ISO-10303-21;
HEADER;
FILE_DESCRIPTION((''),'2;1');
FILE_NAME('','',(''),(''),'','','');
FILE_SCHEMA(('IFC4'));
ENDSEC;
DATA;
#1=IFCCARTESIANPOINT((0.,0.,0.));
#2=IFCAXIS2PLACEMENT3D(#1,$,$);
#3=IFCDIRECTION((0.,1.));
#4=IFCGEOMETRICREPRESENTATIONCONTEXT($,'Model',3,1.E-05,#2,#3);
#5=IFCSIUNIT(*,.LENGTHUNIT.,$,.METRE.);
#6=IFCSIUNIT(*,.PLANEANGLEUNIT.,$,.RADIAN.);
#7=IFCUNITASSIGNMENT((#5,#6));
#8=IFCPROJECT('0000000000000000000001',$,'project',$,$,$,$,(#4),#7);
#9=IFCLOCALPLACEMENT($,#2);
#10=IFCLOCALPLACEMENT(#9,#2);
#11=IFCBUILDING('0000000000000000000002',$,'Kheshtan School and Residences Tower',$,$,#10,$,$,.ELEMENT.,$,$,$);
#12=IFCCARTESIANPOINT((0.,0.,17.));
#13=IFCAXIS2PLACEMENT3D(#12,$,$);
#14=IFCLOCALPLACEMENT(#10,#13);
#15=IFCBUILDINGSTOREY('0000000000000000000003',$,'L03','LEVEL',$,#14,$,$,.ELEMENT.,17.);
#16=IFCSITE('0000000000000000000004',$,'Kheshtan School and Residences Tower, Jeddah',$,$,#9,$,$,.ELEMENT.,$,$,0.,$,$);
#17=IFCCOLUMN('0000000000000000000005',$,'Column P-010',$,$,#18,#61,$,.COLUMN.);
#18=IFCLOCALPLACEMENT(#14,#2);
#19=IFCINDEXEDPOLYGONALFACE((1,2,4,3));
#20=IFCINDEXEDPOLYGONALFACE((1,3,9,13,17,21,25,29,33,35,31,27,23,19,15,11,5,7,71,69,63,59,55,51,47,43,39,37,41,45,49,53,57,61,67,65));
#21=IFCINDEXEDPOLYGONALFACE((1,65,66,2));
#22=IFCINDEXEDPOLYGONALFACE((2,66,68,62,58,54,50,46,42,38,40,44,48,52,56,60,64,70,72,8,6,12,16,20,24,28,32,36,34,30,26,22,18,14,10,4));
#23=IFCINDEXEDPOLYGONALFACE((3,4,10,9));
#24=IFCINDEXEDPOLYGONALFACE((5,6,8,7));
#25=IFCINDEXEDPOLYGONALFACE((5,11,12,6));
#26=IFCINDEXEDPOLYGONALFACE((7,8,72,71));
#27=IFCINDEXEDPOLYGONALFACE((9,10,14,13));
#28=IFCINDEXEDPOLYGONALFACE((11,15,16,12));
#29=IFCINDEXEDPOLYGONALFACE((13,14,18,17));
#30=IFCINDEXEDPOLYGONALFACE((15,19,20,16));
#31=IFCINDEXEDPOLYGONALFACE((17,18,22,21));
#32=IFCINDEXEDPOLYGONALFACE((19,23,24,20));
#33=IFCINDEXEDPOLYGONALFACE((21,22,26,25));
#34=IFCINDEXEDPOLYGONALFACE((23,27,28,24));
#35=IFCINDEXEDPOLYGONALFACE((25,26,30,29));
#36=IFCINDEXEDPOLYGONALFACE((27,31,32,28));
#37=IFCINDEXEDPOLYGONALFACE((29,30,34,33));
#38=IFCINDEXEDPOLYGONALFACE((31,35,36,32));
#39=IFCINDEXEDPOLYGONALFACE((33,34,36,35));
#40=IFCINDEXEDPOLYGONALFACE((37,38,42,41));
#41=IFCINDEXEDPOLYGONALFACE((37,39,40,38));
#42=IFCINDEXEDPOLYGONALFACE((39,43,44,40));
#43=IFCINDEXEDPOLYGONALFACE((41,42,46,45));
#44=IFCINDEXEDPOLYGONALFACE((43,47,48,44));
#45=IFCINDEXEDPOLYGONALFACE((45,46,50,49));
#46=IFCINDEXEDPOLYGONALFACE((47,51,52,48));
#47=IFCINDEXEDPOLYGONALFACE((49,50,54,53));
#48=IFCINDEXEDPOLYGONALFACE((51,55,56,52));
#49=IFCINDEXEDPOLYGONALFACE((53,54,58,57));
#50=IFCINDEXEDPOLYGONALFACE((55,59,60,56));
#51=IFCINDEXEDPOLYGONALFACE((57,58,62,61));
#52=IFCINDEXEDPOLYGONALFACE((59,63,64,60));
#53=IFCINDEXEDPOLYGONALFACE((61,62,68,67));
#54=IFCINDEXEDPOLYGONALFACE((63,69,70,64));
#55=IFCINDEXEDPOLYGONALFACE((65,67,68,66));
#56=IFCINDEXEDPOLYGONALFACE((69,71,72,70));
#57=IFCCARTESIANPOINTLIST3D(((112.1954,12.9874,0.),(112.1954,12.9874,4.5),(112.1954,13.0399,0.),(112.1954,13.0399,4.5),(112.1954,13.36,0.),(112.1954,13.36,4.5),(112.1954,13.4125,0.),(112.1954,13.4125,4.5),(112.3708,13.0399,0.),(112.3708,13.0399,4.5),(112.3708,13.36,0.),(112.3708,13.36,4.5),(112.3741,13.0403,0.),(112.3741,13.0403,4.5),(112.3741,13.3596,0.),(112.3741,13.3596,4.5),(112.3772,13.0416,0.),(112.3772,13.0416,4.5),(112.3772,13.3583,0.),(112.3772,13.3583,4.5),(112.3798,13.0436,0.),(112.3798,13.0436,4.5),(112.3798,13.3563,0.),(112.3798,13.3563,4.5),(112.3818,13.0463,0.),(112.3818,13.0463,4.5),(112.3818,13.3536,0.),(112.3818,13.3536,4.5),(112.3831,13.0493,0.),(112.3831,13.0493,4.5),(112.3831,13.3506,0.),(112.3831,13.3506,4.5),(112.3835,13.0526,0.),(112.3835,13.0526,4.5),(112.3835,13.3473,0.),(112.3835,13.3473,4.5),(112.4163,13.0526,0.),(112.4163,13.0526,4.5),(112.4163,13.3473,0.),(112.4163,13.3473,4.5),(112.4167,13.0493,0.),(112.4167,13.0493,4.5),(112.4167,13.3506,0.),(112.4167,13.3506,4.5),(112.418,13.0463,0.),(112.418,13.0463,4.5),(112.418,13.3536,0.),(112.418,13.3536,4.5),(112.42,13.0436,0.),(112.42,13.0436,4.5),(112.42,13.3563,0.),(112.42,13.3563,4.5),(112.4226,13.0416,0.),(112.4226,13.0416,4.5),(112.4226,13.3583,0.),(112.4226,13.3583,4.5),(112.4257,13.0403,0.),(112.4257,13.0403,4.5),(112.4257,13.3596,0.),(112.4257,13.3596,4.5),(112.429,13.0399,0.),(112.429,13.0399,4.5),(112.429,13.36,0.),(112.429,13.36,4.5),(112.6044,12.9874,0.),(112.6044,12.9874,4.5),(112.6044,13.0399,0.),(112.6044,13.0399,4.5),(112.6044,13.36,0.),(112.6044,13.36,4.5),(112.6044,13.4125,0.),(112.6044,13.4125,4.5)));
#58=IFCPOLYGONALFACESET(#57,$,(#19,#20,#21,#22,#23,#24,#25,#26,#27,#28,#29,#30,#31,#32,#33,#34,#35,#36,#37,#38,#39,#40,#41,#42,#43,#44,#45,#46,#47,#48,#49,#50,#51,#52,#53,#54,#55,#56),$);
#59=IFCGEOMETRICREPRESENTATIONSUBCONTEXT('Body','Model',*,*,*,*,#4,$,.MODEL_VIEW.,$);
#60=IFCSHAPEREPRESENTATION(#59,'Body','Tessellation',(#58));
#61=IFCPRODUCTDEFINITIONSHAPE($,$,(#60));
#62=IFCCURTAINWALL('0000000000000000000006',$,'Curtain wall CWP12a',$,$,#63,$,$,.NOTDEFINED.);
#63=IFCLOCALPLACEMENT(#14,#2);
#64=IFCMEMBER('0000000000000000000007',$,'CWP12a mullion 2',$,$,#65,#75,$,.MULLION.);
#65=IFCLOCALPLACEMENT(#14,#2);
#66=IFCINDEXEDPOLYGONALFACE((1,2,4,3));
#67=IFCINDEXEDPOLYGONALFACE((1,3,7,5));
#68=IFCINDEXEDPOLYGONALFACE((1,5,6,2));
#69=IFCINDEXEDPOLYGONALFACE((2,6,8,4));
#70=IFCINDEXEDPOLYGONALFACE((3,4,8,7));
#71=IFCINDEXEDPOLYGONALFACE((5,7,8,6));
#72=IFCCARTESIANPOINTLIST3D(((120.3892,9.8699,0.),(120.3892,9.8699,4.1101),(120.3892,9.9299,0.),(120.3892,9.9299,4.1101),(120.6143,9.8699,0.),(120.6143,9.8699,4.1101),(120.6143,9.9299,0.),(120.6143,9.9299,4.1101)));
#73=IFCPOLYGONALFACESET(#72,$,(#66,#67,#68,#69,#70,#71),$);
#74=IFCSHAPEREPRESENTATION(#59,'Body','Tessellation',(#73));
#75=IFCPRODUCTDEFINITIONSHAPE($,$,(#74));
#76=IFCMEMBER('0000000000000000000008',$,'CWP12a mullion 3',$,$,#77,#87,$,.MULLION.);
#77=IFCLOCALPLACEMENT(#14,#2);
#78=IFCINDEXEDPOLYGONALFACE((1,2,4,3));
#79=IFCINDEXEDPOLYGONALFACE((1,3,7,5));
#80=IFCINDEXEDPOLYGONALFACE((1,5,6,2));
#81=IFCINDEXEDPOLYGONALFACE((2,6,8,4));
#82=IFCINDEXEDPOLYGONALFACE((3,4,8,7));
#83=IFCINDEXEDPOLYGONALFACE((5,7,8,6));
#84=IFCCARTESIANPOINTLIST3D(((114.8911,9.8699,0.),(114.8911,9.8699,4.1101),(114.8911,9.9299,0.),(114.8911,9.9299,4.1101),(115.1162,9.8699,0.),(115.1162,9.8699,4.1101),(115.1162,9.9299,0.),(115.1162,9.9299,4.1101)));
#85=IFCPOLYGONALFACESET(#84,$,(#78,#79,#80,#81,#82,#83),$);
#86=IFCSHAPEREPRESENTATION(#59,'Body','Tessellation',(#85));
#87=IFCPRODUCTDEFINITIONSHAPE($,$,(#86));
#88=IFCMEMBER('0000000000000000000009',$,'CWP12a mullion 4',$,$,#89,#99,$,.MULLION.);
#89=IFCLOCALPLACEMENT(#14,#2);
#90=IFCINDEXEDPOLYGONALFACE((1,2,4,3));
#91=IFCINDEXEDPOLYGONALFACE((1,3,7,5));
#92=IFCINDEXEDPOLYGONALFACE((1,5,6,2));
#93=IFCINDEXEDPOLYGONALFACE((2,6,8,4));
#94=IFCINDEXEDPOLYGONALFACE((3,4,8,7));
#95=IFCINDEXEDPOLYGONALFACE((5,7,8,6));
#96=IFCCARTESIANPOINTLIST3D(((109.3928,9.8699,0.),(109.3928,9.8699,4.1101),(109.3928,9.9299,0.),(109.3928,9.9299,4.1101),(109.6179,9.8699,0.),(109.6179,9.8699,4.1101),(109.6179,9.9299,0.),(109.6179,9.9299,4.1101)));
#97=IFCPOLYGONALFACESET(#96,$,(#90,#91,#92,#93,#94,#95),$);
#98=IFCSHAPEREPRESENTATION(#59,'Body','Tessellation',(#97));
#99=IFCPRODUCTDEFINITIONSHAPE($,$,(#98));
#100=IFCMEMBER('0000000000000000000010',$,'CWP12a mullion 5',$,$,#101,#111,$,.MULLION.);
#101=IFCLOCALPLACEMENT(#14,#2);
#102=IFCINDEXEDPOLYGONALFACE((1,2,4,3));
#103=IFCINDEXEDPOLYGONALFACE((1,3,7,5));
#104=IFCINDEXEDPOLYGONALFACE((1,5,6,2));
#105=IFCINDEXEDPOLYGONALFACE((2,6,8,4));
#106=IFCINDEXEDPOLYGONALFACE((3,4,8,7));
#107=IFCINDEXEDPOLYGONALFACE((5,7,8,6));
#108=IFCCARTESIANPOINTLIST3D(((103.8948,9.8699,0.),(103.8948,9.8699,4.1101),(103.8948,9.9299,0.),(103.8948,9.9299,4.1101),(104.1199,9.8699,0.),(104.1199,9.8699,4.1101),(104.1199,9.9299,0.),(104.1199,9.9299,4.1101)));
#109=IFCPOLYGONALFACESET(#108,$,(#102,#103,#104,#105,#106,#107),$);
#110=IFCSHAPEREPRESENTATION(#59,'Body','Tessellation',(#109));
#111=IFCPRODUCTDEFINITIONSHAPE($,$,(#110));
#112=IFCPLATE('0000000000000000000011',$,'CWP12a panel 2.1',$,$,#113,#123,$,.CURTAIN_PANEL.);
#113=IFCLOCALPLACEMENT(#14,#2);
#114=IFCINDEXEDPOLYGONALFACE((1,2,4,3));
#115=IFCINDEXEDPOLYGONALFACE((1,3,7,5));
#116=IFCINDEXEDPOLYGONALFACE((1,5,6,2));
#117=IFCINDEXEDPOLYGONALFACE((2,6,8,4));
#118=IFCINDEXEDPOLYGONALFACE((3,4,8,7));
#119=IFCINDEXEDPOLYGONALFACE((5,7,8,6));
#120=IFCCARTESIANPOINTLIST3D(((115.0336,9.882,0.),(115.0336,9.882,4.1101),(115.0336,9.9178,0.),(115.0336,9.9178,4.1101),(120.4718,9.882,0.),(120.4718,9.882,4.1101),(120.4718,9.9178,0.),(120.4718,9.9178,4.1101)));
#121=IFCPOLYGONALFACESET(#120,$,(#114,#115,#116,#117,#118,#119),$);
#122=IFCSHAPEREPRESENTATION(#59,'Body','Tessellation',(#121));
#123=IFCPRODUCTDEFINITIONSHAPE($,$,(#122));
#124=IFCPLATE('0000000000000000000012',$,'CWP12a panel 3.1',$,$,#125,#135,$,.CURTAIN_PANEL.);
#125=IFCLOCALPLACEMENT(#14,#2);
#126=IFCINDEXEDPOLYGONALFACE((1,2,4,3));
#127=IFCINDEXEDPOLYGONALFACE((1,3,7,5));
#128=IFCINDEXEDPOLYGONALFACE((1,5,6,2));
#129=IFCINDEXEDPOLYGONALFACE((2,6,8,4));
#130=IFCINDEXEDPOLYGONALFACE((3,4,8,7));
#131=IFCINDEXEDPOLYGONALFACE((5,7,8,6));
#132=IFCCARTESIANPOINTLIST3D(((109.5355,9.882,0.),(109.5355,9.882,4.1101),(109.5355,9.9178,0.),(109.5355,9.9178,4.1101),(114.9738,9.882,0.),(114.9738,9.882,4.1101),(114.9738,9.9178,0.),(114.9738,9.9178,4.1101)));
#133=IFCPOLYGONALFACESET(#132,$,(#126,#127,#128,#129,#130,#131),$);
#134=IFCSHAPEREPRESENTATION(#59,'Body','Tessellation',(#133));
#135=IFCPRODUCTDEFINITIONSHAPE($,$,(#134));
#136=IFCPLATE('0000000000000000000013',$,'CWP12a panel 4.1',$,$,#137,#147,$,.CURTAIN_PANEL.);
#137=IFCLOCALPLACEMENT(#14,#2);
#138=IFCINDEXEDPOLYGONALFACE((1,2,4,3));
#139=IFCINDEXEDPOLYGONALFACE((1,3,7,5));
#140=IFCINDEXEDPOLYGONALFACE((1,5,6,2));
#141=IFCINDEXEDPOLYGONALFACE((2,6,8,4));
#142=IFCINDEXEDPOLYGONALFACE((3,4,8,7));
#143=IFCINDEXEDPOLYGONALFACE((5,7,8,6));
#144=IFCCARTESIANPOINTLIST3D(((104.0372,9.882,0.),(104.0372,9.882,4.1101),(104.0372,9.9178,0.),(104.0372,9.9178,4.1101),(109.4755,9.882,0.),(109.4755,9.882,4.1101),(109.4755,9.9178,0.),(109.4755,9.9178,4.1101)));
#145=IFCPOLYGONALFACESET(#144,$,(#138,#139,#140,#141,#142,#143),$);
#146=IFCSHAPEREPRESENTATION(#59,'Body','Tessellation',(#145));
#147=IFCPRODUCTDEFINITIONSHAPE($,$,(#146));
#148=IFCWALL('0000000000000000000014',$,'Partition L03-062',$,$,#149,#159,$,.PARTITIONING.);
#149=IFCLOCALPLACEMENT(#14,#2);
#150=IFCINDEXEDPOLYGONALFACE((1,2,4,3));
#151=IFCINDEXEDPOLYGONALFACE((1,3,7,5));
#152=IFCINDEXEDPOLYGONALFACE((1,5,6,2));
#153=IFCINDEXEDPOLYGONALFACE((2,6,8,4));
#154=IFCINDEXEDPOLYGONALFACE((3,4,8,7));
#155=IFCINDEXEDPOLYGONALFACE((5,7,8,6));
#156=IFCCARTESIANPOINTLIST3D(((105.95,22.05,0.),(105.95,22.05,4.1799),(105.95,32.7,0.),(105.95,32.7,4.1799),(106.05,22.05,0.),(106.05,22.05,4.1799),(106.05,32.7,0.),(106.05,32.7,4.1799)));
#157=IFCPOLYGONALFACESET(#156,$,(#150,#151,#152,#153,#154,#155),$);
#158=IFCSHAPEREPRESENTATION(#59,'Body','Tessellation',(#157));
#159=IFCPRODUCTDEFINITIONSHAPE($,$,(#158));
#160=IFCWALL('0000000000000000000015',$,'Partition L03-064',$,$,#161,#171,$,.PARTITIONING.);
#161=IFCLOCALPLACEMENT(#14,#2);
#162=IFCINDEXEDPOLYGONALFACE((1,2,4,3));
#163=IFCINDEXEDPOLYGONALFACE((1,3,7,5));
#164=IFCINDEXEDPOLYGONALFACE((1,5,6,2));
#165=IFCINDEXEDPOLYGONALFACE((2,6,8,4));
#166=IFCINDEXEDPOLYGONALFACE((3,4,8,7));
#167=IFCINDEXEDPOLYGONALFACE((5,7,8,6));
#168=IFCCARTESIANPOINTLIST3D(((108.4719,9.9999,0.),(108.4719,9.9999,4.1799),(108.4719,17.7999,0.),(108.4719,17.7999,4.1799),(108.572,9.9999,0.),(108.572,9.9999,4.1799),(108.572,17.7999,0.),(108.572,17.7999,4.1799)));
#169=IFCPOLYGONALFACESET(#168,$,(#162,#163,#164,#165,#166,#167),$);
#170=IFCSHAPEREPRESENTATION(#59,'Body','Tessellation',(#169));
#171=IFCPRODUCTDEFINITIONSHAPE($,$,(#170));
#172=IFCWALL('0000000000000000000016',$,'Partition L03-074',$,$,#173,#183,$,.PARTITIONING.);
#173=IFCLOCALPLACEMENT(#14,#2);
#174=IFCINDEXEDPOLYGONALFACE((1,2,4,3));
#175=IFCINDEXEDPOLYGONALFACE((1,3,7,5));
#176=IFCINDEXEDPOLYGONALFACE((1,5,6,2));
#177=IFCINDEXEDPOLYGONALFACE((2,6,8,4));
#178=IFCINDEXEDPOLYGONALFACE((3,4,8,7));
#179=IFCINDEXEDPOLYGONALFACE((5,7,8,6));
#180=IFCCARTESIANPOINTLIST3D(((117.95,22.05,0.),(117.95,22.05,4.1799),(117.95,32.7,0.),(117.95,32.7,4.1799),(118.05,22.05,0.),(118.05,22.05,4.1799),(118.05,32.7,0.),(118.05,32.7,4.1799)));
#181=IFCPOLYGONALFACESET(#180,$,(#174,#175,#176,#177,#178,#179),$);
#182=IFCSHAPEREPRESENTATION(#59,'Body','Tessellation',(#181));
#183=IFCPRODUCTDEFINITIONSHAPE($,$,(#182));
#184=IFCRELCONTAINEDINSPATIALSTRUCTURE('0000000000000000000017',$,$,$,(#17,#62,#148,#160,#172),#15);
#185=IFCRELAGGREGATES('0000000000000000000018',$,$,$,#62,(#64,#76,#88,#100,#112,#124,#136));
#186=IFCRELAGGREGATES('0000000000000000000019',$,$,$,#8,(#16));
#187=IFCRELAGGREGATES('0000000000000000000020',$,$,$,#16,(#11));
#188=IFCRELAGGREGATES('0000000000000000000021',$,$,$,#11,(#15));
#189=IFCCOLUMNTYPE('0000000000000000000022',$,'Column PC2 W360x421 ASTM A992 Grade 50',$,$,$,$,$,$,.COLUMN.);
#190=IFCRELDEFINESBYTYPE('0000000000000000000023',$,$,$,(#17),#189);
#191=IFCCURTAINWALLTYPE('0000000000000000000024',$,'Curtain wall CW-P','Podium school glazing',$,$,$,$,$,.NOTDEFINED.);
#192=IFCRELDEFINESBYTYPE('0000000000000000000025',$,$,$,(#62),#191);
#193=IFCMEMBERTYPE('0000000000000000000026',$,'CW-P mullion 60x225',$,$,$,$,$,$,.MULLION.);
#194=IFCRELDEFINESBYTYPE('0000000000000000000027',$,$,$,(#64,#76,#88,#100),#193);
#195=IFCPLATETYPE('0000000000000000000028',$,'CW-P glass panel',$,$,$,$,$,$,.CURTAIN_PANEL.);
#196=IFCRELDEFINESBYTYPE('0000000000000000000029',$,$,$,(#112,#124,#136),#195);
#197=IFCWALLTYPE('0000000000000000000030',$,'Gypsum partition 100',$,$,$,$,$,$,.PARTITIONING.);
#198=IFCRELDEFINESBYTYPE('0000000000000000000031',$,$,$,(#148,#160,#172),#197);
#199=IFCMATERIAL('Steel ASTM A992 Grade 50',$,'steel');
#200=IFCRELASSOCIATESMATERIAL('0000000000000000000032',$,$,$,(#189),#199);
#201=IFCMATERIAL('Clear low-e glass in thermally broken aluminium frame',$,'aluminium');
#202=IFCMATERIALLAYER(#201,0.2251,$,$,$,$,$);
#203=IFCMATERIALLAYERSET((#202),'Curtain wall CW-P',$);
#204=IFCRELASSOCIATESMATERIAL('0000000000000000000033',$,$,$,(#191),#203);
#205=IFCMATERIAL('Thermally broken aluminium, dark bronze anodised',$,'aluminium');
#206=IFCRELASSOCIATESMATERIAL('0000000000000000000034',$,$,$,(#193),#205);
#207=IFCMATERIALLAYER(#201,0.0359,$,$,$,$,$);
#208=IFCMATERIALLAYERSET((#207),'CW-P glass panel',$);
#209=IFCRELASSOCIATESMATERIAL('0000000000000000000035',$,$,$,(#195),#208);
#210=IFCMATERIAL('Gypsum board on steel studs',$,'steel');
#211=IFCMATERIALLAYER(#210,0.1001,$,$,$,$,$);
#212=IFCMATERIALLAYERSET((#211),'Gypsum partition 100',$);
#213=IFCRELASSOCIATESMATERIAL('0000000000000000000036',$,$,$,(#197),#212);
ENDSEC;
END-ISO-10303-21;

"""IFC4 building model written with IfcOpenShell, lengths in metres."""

from ifc_helpers import new_model, si_unit, direction, frame, frame_2d, origin, origin_2d, place, context, subcontext, project, spatial, rectangle, i_section, extrude, material, layer, layer_set, material_profile, profile_set, type_object, element, aggregate, save


model = new_model("IFC4")

# Units and contexts
model_context = context("Model", 3, precision=1e-05, world=origin(), true_north=direction((0.0, 1.0)))
body_context = subcontext(model_context, "Body", "Model", "MODEL_VIEW")
ifc_project = project(units=[si_unit("LENGTHUNIT", "METRE"), si_unit("PLANEANGLEUNIT", "RADIAN")], contexts=[model_context])

# Site, building, storey
site_placement = place(None, origin())
site = spatial("IfcSite", under=ifc_project, at=site_placement, Name="Kheshtan School and Residences Tower, Jeddah", CompositionType="ELEMENT", RefElevation=0.0)
building_placement = place(site_placement, origin())
building = spatial("IfcBuilding", under=site, at=building_placement, Name="Kheshtan School and Residences Tower", CompositionType="ELEMENT")
storey_placement = place(building_placement, frame((0.0, 0.0, 17.0)))
storey = spatial("IfcBuildingStorey", under=building, at=storey_placement, Name="L03", Description="LEVEL", CompositionType="ELEMENT", Elevation=17.0)

# Column
ifc_material_1 = material(Name="Steel ASTM A992 Grade 50", Category="steel")
ifc_material_profile_1 = material_profile(ifc_material_1, i_section(OverallWidth=0.4089, OverallDepth=0.425, WebThickness=0.0327, FlangeThickness=0.0525, FilletRadius=0.0127, at=origin_2d()), Name="W360x421")
ifc_profile_set_1 = profile_set([ifc_material_profile_1], Name="Steel ASTM A992 Grade 50")
column_type = type_object("IfcColumnType", Name="Column PC2 W360x421 ASTM A992 Grade 50", PredefinedType="COLUMN", material=ifc_profile_set_1)
column_placement = place(storey_placement, frame((112.3999, 13.2, 0.0), z_axis=(0.0, 0.0, 1.0), x_axis=(1.0, 0.0, 0.0)))
element("IfcColumn", 1, at=column_placement, inside=storey, type_object=column_type, Name="Column P-010", PredefinedType="COLUMN", context=body_context, shape_type="SweptSolid", body=[
    extrude(i_section(OverallWidth=0.4089, OverallDepth=0.425, WebThickness=0.0327, FlangeThickness=0.0525, FilletRadius=0.0127, at=origin_2d()), origin(), (0.0, 0.0, 1.0), 4.5),
])

# Curtain wall, members, plates
ifc_material_2 = material(Name="Clear low-e glass in thermally broken aluminium frame", Category="aluminium")
ifc_layer_1 = layer(ifc_material_2, 0.2251)
ifc_layer_set_1 = layer_set([ifc_layer_1], Name="Curtain wall CW-P")
curtain_wall_type = type_object("IfcCurtainWallType", Name="Curtain wall CW-P", Description="Podium school glazing", PredefinedType="NOTDEFINED", material=ifc_layer_set_1)
curtain_wall_placement = place(storey_placement, origin())
curtain_wall = element("IfcCurtainWall", 2, at=curtain_wall_placement, inside=storey, type_object=curtain_wall_type, Name="Curtain wall CWP12a", PredefinedType="NOTDEFINED")
ifc_material_3 = material(Name="Thermally broken aluminium, dark bronze anodised", Category="aluminium")
ifc_material_profile_2 = material_profile(ifc_material_3, rectangle(XDim=0.0601, YDim=0.2251, at=origin_2d()), Name="CW-P mullion 60x225")
ifc_profile_set_2 = profile_set([ifc_material_profile_2], Name="Thermally broken aluminium, dark bronze anodised")
member_type = type_object("IfcMemberType", Name="CW-P mullion 60x225", PredefinedType="MULLION", material=ifc_profile_set_2)
member_1_placement = place(storey_placement, frame((120.5017, 9.8999, 0.0), z_axis=(0.0, 0.0, 1.0), x_axis=(0.0, -1.0, 0.0)))
member_1 = element("IfcMember", 3, at=member_1_placement, type_object=member_type, Name="CWP12a mullion 2", PredefinedType="MULLION", context=body_context, shape_type="SweptSolid", body=[
    extrude(rectangle(XDim=0.0601, YDim=0.2251, at=origin_2d()), origin(), (0.0, 0.0, 1.0), 4.1101),
])
member_2_placement = place(storey_placement, frame((115.0037, 9.8999, 0.0), z_axis=(0.0, 0.0, 1.0), x_axis=(0.0, -1.0, 0.0)))
member_2 = element("IfcMember", 4, at=member_2_placement, type_object=member_type, Name="CWP12a mullion 3", PredefinedType="MULLION", context=body_context, shape_type="SweptSolid", body=[
    extrude(rectangle(XDim=0.0601, YDim=0.2251, at=origin_2d()), origin(), (0.0, 0.0, 1.0), 4.1101),
])
member_3_placement = place(storey_placement, frame((109.5054, 9.8999, 0.0), z_axis=(0.0, 0.0, 1.0), x_axis=(0.0, -1.0, 0.0)))
member_3 = element("IfcMember", 5, at=member_3_placement, type_object=member_type, Name="CWP12a mullion 4", PredefinedType="MULLION", context=body_context, shape_type="SweptSolid", body=[
    extrude(rectangle(XDim=0.0601, YDim=0.2251, at=origin_2d()), origin(), (0.0, 0.0, 1.0), 4.1101),
])
member_4_placement = place(storey_placement, frame((104.0073, 9.8999, 0.0), z_axis=(0.0, 0.0, 1.0), x_axis=(0.0, -1.0, 0.0)))
member_4 = element("IfcMember", 6, at=member_4_placement, type_object=member_type, Name="CWP12a mullion 5", PredefinedType="MULLION", context=body_context, shape_type="SweptSolid", body=[
    extrude(rectangle(XDim=0.0601, YDim=0.2251, at=origin_2d()), origin(), (0.0, 0.0, 1.0), 4.1101),
])
ifc_layer_2 = layer(ifc_material_2, 0.0359)
ifc_layer_set_2 = layer_set([ifc_layer_2], Name="CW-P glass panel")
plate_type = type_object("IfcPlateType", Name="CW-P glass panel", PredefinedType="CURTAIN_PANEL", material=ifc_layer_set_2)
plate_1_placement = place(storey_placement, frame((117.7527, 9.8999, 0.0), z_axis=(0.0, 0.0, 1.0), x_axis=(-1.0, 0.0, 0.0)))
plate_1 = element("IfcPlate", 7, at=plate_1_placement, type_object=plate_type, Name="CWP12a panel 2.1", PredefinedType="CURTAIN_PANEL", context=body_context, shape_type="SweptSolid", body=[
    extrude(rectangle(XDim=5.4382, YDim=0.0359, at=origin_2d()), origin(), (0.0, 0.0, 1.0), 4.1101),
])
plate_2_placement = place(storey_placement, frame((112.2546, 9.8999, 0.0), z_axis=(0.0, 0.0, 1.0), x_axis=(-1.0, 0.0, 0.0)))
plate_2 = element("IfcPlate", 8, at=plate_2_placement, type_object=plate_type, Name="CWP12a panel 3.1", PredefinedType="CURTAIN_PANEL", context=body_context, shape_type="SweptSolid", body=[
    extrude(rectangle(XDim=5.4382, YDim=0.0359, at=origin_2d()), origin(), (0.0, 0.0, 1.0), 4.1101),
])
plate_3_placement = place(storey_placement, frame((106.7563, 9.8999, 0.0), z_axis=(0.0, 0.0, 1.0), x_axis=(-1.0, 0.0, 0.0)))
plate_3 = element("IfcPlate", 9, at=plate_3_placement, type_object=plate_type, Name="CWP12a panel 4.1", PredefinedType="CURTAIN_PANEL", context=body_context, shape_type="SweptSolid", body=[
    extrude(rectangle(XDim=5.4382, YDim=0.0359, at=origin_2d()), origin(), (0.0, 0.0, 1.0), 4.1101),
])
aggregate(curtain_wall, [member_1, member_2, member_3, member_4, plate_1, plate_2, plate_3])

# Walls
ifc_material_4 = material(Name="Gypsum board on steel studs", Category="steel")
ifc_layer_3 = layer(ifc_material_4, 0.1001)
ifc_layer_set_3 = layer_set([ifc_layer_3], Name="Gypsum partition 100")
wall_type_1 = type_object("IfcWallType", Name="Gypsum partition 100", PredefinedType="PARTITIONING", material=ifc_layer_set_3)
wall_1_placement = place(storey_placement, frame((106.0, 22.05, 0.0), z_axis=(0.0, 0.0, 1.0), x_axis=(0.0, 1.0, 0.0)))
element("IfcWall", 10, at=wall_1_placement, inside=storey, type_object=wall_type_1, Name="Partition L03-062", PredefinedType="PARTITIONING", context=body_context, shape_type="SweptSolid", body=[
    extrude(rectangle(XDim=10.6499, YDim=0.1001, at=frame_2d((5.325, 0.0))), origin(), (0.0, 0.0, 1.0), 4.1799),
])
wall_2_placement = place(storey_placement, frame((108.522, 10.0, 0.0), z_axis=(0.0, 0.0, 1.0), x_axis=(0.0, 1.0, 0.0)))
element("IfcWall", 11, at=wall_2_placement, inside=storey, type_object=wall_type_1, Name="Partition L03-064", PredefinedType="PARTITIONING", context=body_context, shape_type="SweptSolid", body=[
    extrude(rectangle(XDim=7.8, YDim=0.1001, at=frame_2d((3.8999, 0.0))), origin(), (0.0, 0.0, 1.0), 4.1799),
])
wall_3_placement = place(storey_placement, frame((118.0, 22.05, 0.0), z_axis=(0.0, 0.0, 1.0), x_axis=(0.0, 1.0, 0.0)))
element("IfcWall", 12, at=wall_3_placement, inside=storey, type_object=wall_type_1, Name="Partition L03-074", PredefinedType="PARTITIONING", context=body_context, shape_type="SweptSolid", body=[
    extrude(rectangle(XDim=10.6499, YDim=0.1001, at=frame_2d((5.325, 0.0))), origin(), (0.0, 0.0, 1.0), 4.1799),
])

save(model, "model.ifc")
